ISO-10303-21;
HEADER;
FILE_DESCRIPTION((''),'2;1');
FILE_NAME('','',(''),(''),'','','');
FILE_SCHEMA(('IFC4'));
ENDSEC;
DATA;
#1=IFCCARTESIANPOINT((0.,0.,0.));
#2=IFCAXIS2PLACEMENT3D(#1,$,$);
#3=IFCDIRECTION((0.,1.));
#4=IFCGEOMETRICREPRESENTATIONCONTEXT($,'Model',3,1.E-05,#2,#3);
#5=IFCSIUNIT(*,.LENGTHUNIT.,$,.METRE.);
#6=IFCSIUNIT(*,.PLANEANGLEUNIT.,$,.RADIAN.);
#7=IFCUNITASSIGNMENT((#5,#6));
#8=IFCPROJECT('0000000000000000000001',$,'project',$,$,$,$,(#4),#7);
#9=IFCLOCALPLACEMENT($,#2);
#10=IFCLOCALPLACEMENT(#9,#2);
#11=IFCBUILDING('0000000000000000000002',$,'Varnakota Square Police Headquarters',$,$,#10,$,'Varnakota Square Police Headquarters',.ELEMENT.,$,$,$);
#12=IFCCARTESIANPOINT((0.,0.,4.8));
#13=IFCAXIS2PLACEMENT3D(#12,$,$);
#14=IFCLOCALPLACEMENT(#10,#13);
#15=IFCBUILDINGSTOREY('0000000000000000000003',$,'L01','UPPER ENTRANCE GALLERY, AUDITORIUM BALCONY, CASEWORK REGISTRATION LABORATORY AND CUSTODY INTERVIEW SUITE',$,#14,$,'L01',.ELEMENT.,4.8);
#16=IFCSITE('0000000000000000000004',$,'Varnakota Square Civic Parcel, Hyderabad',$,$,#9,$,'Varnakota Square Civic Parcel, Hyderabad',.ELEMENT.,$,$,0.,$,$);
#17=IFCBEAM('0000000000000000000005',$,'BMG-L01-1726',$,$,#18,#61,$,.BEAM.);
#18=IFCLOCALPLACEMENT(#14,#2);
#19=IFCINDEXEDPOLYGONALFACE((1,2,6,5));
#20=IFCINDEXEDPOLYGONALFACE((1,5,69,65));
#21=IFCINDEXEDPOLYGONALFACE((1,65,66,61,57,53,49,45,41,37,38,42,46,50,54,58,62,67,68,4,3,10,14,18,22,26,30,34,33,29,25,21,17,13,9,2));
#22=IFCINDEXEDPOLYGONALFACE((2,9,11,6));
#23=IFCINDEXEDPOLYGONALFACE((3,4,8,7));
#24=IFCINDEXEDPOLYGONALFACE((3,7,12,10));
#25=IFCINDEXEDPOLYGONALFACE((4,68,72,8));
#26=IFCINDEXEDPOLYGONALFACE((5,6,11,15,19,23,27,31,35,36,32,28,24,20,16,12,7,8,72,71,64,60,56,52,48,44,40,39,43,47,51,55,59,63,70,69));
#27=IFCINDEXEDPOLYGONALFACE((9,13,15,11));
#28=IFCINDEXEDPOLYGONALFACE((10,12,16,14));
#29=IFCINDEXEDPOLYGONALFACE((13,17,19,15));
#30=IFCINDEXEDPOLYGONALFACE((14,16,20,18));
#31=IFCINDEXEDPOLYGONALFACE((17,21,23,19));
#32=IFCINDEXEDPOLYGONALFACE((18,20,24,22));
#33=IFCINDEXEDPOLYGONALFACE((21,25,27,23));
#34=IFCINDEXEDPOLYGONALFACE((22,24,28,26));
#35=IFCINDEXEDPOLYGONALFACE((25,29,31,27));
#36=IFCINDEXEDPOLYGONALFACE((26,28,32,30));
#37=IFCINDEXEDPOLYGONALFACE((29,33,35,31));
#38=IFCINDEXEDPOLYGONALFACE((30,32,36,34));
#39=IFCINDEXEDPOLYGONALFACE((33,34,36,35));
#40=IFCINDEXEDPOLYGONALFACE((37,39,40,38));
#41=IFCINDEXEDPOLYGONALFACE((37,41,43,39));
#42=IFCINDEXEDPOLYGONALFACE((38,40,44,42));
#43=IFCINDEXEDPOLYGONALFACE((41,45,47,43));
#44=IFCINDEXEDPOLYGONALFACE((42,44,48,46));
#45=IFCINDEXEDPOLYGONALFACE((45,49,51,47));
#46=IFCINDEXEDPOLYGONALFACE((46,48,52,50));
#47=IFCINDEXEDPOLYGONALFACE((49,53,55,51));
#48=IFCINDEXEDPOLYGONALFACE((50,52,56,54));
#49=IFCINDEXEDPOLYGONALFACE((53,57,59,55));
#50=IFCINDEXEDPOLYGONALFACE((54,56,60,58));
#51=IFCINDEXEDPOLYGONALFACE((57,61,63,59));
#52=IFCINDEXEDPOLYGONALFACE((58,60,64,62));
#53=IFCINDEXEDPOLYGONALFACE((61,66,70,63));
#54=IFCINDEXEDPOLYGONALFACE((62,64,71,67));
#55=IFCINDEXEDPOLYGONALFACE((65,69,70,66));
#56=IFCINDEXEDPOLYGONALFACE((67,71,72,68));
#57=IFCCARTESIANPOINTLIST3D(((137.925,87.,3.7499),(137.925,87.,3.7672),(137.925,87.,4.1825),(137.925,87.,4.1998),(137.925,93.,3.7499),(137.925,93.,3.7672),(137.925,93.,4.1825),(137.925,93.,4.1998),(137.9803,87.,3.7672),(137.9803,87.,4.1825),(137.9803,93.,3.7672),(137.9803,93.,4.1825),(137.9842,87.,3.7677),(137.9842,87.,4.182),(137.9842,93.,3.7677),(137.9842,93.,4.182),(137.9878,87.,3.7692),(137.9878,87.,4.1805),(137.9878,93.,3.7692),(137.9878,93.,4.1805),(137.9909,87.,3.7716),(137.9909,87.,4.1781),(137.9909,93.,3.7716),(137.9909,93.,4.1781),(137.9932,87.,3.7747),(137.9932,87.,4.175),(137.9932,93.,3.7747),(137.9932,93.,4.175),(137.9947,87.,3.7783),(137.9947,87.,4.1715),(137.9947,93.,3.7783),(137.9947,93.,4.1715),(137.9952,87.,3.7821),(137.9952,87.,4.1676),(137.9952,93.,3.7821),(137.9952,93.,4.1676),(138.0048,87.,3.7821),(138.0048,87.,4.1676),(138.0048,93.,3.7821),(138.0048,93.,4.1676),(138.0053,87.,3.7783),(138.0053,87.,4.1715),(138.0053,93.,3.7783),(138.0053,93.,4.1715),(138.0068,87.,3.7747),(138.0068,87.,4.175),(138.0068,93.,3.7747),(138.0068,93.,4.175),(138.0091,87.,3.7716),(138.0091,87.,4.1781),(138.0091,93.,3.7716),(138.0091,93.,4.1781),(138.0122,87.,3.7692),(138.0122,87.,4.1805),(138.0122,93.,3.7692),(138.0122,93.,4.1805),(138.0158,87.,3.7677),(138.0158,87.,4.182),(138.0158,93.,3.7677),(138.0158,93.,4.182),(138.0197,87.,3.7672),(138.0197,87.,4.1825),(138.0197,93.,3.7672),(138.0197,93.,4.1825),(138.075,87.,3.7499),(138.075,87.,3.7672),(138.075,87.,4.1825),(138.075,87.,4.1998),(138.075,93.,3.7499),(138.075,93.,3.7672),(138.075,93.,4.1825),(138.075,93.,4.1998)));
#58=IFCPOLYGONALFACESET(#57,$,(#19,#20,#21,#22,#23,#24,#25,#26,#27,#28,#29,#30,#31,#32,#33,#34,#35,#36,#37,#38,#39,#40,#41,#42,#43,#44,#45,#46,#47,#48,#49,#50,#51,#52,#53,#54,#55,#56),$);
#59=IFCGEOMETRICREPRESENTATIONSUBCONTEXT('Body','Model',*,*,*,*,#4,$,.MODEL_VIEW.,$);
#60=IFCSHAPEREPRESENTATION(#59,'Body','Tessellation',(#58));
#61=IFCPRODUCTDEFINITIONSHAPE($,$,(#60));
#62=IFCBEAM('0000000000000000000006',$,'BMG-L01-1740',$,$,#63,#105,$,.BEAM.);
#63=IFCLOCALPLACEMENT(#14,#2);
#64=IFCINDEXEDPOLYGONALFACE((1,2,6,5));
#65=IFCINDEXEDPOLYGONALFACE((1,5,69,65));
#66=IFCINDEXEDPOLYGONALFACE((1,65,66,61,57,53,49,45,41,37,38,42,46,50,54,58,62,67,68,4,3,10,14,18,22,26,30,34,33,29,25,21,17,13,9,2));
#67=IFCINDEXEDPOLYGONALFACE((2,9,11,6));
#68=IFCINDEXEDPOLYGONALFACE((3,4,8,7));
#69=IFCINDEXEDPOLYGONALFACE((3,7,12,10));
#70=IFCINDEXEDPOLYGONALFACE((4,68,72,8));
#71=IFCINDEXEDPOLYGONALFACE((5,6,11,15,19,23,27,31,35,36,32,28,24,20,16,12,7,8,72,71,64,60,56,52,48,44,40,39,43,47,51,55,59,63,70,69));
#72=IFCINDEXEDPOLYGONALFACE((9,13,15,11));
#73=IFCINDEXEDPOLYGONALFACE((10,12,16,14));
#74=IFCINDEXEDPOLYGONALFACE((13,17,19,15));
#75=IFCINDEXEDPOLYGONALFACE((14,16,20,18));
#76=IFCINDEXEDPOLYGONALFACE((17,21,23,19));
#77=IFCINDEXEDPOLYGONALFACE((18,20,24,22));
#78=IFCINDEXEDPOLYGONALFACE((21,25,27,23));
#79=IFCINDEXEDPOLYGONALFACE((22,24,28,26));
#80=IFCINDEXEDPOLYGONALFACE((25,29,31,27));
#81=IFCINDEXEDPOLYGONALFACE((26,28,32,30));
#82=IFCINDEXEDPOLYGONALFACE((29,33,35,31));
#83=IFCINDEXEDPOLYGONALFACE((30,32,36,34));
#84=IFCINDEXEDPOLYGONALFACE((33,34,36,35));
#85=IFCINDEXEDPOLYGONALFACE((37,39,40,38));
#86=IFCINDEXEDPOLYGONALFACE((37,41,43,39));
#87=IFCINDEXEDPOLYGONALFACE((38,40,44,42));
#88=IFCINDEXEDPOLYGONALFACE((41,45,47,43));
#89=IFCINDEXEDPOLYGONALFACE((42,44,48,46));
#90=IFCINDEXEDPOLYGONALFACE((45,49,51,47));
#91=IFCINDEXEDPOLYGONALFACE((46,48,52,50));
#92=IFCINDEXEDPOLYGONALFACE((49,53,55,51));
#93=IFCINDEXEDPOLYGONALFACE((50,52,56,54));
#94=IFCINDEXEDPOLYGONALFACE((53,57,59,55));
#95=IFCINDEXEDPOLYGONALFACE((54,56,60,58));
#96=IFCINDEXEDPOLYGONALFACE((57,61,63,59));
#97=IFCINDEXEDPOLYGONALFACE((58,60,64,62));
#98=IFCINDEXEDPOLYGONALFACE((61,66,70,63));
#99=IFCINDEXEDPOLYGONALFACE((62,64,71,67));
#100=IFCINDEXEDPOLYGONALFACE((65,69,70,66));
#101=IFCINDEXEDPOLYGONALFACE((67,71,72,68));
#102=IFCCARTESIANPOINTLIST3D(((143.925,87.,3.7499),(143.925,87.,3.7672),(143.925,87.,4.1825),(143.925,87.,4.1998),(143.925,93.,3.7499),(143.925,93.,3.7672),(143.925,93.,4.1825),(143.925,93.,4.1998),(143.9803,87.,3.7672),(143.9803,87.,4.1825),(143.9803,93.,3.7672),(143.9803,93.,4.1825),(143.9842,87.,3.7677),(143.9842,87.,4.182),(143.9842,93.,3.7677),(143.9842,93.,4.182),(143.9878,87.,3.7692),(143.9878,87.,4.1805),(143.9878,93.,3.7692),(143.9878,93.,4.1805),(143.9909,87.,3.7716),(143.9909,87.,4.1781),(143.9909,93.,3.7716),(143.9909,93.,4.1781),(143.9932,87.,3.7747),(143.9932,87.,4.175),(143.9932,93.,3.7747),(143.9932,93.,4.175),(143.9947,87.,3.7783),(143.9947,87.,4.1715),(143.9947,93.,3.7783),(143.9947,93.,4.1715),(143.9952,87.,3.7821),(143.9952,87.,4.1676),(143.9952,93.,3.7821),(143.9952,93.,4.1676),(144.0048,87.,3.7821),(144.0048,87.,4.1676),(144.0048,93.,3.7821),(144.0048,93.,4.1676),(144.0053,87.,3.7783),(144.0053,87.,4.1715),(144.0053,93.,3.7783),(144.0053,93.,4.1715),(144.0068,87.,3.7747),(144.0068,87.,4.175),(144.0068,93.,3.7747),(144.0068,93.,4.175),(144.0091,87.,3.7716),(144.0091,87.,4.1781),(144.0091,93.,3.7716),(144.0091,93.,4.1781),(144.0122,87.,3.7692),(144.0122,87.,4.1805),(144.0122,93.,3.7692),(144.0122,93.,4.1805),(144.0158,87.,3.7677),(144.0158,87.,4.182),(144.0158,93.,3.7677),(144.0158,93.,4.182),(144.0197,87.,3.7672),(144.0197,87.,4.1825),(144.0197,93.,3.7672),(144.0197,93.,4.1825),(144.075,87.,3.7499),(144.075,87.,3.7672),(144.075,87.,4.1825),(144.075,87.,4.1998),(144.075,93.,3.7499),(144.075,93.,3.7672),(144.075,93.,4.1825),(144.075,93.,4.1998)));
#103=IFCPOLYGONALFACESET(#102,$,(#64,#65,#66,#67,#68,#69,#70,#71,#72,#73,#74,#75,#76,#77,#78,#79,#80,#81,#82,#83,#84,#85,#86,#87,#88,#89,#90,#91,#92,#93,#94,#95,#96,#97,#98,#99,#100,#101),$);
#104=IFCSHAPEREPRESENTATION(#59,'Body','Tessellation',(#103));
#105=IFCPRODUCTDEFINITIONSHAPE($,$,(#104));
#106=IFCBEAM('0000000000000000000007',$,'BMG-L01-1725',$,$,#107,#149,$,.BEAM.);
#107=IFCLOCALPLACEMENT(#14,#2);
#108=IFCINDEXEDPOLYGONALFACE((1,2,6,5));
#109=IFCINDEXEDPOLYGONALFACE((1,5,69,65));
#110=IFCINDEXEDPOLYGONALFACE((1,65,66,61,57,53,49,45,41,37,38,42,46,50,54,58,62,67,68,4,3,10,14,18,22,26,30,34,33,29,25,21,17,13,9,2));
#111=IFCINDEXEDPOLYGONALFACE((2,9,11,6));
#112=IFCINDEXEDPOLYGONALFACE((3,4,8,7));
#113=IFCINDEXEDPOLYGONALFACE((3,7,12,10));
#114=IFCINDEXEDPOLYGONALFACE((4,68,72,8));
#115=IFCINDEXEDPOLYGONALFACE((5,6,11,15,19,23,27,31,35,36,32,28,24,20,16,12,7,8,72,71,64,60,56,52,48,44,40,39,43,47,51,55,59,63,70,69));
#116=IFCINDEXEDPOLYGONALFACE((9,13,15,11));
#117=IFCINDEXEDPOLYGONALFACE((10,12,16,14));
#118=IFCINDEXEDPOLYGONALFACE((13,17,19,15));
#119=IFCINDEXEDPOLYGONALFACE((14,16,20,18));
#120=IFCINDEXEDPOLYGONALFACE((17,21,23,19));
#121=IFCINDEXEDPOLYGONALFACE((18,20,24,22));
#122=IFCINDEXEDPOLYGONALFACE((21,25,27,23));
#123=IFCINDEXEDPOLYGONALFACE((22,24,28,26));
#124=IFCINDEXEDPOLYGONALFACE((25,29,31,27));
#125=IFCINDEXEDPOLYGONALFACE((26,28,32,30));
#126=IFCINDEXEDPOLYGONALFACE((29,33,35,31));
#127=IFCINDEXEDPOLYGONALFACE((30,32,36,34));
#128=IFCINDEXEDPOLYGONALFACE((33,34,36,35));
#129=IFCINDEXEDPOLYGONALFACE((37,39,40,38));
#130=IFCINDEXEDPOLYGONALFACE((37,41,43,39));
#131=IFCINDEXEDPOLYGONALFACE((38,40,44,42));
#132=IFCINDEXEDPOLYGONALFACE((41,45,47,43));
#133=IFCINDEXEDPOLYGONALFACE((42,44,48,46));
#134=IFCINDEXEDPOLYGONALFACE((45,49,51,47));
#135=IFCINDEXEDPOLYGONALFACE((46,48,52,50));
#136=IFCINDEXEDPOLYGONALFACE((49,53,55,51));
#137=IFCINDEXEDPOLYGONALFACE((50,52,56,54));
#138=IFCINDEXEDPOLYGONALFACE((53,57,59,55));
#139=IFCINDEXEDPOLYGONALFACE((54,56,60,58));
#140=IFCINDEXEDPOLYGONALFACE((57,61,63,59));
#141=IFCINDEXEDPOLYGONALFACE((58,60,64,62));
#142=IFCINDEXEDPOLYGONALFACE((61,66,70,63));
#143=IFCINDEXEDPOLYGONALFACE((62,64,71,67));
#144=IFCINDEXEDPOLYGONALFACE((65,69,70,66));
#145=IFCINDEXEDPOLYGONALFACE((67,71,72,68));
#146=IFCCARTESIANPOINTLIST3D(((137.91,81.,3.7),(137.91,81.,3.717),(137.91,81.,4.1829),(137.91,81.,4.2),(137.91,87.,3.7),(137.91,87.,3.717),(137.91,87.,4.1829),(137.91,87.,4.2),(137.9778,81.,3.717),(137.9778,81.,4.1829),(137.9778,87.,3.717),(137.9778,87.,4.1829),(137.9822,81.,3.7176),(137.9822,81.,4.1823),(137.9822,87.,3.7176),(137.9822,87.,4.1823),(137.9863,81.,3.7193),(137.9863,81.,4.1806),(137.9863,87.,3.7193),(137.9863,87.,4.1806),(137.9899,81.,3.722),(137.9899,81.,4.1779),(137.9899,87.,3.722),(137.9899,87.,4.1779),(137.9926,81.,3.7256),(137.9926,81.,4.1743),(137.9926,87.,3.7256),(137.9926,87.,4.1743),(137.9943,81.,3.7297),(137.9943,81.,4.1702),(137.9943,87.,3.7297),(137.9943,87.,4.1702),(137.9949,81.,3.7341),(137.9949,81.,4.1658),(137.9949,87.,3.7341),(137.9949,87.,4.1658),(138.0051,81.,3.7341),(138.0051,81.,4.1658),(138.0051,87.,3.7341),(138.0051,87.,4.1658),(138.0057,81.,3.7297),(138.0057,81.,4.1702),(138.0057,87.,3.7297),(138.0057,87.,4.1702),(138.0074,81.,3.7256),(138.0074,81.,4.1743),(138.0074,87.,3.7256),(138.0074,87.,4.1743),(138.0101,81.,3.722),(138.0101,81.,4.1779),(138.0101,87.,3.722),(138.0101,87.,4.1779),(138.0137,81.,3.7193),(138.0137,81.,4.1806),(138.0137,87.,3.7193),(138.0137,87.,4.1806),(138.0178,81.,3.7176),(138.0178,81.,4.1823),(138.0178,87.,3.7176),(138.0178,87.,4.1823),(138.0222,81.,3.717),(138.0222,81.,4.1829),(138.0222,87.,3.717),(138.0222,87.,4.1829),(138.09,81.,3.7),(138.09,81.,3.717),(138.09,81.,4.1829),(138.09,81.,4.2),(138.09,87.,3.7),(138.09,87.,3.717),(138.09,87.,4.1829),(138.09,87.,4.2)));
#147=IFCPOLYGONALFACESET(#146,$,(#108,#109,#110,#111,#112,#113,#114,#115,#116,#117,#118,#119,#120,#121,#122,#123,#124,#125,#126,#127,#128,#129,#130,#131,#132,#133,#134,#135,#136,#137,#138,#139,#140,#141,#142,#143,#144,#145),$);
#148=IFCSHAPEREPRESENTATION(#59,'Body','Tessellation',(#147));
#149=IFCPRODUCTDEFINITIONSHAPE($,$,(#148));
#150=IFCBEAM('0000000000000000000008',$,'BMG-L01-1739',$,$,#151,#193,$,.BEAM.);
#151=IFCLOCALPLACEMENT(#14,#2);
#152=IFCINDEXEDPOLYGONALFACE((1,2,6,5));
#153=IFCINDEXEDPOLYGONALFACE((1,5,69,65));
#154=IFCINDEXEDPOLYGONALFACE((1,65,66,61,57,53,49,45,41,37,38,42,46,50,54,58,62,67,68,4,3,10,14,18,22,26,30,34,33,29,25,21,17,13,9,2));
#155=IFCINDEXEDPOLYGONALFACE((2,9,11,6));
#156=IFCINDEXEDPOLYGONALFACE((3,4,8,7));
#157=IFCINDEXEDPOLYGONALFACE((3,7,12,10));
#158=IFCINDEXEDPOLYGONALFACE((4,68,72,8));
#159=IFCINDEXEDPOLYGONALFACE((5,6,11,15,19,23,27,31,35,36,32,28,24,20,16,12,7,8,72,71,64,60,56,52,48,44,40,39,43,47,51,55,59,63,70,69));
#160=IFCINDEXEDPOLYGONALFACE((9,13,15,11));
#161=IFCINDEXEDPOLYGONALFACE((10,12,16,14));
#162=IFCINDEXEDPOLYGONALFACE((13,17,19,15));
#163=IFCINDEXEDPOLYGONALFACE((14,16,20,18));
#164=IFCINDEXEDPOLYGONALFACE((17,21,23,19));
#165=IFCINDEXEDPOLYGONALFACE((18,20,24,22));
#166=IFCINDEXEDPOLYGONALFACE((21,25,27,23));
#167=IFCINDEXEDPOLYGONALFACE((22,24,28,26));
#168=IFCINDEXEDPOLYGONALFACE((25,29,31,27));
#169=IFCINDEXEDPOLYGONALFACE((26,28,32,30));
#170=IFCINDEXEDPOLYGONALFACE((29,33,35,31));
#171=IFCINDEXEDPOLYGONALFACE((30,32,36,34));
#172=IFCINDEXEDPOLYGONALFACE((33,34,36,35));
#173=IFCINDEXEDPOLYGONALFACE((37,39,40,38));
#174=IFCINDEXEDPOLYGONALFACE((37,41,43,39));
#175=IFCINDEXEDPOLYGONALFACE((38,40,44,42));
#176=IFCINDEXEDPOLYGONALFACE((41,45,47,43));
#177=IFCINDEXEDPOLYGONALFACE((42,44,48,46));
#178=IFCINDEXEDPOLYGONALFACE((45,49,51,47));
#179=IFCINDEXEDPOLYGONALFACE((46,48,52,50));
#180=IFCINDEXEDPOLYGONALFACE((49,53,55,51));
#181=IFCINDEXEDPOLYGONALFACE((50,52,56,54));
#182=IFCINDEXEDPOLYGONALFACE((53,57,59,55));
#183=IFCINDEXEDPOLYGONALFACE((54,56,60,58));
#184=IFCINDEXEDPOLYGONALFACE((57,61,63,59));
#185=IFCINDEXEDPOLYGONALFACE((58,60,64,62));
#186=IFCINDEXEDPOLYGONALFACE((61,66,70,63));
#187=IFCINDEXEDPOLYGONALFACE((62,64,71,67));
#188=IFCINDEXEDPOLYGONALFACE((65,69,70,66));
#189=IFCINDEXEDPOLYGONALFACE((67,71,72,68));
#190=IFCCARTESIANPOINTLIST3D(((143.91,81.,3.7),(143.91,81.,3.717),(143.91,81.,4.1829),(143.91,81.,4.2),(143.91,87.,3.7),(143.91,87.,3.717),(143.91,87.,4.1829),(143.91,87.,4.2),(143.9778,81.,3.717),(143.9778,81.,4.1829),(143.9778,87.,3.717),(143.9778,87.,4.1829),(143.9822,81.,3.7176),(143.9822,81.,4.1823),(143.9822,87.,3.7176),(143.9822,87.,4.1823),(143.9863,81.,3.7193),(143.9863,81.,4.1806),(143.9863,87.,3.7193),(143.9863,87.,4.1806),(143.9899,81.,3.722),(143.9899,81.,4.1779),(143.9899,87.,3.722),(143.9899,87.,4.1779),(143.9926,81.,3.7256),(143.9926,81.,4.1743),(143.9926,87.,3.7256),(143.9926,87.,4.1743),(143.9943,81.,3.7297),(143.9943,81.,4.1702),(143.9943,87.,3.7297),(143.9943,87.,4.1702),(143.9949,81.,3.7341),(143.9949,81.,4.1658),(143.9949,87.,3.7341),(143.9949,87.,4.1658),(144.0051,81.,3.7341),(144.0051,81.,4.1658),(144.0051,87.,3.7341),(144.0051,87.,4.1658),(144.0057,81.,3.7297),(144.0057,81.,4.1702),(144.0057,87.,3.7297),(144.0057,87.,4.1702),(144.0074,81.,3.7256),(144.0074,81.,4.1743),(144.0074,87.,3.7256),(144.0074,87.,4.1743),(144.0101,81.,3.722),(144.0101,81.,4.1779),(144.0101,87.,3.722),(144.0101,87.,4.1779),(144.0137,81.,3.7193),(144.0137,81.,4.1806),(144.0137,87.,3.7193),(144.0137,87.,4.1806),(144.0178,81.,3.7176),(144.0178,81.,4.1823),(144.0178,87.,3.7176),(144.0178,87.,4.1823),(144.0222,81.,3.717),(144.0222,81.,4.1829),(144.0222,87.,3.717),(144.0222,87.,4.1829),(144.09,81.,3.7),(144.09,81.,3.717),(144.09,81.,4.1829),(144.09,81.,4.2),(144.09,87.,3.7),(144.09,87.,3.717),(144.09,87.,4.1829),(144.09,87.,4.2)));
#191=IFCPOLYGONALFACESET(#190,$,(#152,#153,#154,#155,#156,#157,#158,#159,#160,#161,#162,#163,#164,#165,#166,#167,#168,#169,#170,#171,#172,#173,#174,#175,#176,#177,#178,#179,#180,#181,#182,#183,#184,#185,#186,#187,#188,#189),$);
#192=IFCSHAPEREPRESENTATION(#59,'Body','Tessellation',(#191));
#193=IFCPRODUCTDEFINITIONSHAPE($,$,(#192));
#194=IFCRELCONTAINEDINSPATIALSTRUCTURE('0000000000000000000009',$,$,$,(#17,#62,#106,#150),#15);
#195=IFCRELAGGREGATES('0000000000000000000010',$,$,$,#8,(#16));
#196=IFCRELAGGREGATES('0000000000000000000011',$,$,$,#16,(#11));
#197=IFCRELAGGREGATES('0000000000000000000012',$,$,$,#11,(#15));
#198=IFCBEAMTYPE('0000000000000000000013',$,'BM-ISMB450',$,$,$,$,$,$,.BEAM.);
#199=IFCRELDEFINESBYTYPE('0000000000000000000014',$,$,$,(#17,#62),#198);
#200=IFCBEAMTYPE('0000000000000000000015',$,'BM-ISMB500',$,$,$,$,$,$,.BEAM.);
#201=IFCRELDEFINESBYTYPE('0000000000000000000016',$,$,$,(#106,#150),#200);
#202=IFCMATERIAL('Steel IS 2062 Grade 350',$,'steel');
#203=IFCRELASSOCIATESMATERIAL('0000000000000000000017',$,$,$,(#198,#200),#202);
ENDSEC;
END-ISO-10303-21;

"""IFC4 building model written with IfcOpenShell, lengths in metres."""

from ifc_helpers import new_model, si_unit, direction, frame, origin, origin_2d, place, context, subcontext, project, spatial, i_section, extrude, material, material_profile, profile_set, type_object, element, save


model = new_model("IFC4")

# Units and contexts
model_context = context("Model", 3, precision=1e-05, world=origin(), true_north=direction((0.0, 1.0)))
body_context = subcontext(model_context, "Body", "Model", "MODEL_VIEW")
ifc_project = project(units=[si_unit("LENGTHUNIT", "METRE"), si_unit("PLANEANGLEUNIT", "RADIAN")], contexts=[model_context])

# Site, building, storey
site_placement = place(None, origin())
site = spatial("IfcSite", under=ifc_project, at=site_placement, Name="Varnakota Square Civic Parcel, Hyderabad", LongName="Varnakota Square Civic Parcel, Hyderabad", CompositionType="ELEMENT", RefElevation=0.0)
building_placement = place(site_placement, origin())
building = spatial("IfcBuilding", under=site, at=building_placement, Name="Varnakota Square Police Headquarters", LongName="Varnakota Square Police Headquarters", CompositionType="ELEMENT")
storey_placement = place(building_placement, frame((0.0, 0.0, 4.8)))
storey = spatial("IfcBuildingStorey", under=building, at=storey_placement, Name="L01", Description="UPPER ENTRANCE GALLERY, AUDITORIUM BALCONY, CASEWORK REGISTRATION LABORATORY AND CUSTODY INTERVIEW SUITE", LongName="L01", CompositionType="ELEMENT", Elevation=4.8)

# Shared definitions
ifc_material = material(Name="Steel IS 2062 Grade 350", Category="steel")

# Beams
ifc_material_profile_1 = material_profile(ifc_material, i_section(OverallWidth=0.1499, OverallDepth=0.45, WebThickness=0.0095, FlangeThickness=0.0173, FilletRadius=0.0149, at=origin_2d()), Name="ISMB 450")
ifc_profile_set_1 = profile_set([ifc_material_profile_1], Name="Steel IS 2062 Grade 350")
beam_type_1 = type_object("IfcBeamType", Name="BM-ISMB450", PredefinedType="BEAM", material=ifc_profile_set_1)
for number, where, z_axis, x_axis, name in (
    (1, (138.0, 87.0, 3.9749), (0.0, 1.0, 0.0), (-1.0, 0.0, 0.0), "BMG-L01-1726"),
    (2, (144.0, 87.0, 3.9749), (0.0, 1.0, 0.0), (-1.0, 0.0, 0.0), "BMG-L01-1740"),
):
    element("IfcBeam", number, at=place(storey_placement, frame(where, z_axis=z_axis, x_axis=x_axis)), inside=storey, type_object=beam_type_1, Name=name, PredefinedType="BEAM", context=body_context, shape_type="SweptSolid", body=[
        extrude(i_section(OverallWidth=0.1499, OverallDepth=0.45, WebThickness=0.0095, FlangeThickness=0.0173, FilletRadius=0.0149, at=origin_2d()), origin(), (0.0, 0.0, 1.0), 6.0),
    ])
ifc_material_profile_2 = material_profile(ifc_material, i_section(OverallWidth=0.1799, OverallDepth=0.5, WebThickness=0.0103, FlangeThickness=0.0171, FilletRadius=0.0171, at=origin_2d()), Name="ISMB 500")
ifc_profile_set_2 = profile_set([ifc_material_profile_2], Name="Steel IS 2062 Grade 350")
beam_type_2 = type_object("IfcBeamType", Name="BM-ISMB500", PredefinedType="BEAM", material=ifc_profile_set_2)
for number, where, z_axis, x_axis, name in (
    (3, (138.0, 81.0, 3.95), (0.0, 1.0, 0.0), (-1.0, 0.0, 0.0), "BMG-L01-1725"),
    (4, (144.0, 81.0, 3.95), (0.0, 1.0, 0.0), (-1.0, 0.0, 0.0), "BMG-L01-1739"),
):
    element("IfcBeam", number, at=place(storey_placement, frame(where, z_axis=z_axis, x_axis=x_axis)), inside=storey, type_object=beam_type_2, Name=name, PredefinedType="BEAM", context=body_context, shape_type="SweptSolid", body=[
        extrude(i_section(OverallWidth=0.1799, OverallDepth=0.5, WebThickness=0.0103, FlangeThickness=0.0171, FilletRadius=0.0171, at=origin_2d()), origin(), (0.0, 0.0, 1.0), 6.0),
    ])

save(model, "model.ifc")
